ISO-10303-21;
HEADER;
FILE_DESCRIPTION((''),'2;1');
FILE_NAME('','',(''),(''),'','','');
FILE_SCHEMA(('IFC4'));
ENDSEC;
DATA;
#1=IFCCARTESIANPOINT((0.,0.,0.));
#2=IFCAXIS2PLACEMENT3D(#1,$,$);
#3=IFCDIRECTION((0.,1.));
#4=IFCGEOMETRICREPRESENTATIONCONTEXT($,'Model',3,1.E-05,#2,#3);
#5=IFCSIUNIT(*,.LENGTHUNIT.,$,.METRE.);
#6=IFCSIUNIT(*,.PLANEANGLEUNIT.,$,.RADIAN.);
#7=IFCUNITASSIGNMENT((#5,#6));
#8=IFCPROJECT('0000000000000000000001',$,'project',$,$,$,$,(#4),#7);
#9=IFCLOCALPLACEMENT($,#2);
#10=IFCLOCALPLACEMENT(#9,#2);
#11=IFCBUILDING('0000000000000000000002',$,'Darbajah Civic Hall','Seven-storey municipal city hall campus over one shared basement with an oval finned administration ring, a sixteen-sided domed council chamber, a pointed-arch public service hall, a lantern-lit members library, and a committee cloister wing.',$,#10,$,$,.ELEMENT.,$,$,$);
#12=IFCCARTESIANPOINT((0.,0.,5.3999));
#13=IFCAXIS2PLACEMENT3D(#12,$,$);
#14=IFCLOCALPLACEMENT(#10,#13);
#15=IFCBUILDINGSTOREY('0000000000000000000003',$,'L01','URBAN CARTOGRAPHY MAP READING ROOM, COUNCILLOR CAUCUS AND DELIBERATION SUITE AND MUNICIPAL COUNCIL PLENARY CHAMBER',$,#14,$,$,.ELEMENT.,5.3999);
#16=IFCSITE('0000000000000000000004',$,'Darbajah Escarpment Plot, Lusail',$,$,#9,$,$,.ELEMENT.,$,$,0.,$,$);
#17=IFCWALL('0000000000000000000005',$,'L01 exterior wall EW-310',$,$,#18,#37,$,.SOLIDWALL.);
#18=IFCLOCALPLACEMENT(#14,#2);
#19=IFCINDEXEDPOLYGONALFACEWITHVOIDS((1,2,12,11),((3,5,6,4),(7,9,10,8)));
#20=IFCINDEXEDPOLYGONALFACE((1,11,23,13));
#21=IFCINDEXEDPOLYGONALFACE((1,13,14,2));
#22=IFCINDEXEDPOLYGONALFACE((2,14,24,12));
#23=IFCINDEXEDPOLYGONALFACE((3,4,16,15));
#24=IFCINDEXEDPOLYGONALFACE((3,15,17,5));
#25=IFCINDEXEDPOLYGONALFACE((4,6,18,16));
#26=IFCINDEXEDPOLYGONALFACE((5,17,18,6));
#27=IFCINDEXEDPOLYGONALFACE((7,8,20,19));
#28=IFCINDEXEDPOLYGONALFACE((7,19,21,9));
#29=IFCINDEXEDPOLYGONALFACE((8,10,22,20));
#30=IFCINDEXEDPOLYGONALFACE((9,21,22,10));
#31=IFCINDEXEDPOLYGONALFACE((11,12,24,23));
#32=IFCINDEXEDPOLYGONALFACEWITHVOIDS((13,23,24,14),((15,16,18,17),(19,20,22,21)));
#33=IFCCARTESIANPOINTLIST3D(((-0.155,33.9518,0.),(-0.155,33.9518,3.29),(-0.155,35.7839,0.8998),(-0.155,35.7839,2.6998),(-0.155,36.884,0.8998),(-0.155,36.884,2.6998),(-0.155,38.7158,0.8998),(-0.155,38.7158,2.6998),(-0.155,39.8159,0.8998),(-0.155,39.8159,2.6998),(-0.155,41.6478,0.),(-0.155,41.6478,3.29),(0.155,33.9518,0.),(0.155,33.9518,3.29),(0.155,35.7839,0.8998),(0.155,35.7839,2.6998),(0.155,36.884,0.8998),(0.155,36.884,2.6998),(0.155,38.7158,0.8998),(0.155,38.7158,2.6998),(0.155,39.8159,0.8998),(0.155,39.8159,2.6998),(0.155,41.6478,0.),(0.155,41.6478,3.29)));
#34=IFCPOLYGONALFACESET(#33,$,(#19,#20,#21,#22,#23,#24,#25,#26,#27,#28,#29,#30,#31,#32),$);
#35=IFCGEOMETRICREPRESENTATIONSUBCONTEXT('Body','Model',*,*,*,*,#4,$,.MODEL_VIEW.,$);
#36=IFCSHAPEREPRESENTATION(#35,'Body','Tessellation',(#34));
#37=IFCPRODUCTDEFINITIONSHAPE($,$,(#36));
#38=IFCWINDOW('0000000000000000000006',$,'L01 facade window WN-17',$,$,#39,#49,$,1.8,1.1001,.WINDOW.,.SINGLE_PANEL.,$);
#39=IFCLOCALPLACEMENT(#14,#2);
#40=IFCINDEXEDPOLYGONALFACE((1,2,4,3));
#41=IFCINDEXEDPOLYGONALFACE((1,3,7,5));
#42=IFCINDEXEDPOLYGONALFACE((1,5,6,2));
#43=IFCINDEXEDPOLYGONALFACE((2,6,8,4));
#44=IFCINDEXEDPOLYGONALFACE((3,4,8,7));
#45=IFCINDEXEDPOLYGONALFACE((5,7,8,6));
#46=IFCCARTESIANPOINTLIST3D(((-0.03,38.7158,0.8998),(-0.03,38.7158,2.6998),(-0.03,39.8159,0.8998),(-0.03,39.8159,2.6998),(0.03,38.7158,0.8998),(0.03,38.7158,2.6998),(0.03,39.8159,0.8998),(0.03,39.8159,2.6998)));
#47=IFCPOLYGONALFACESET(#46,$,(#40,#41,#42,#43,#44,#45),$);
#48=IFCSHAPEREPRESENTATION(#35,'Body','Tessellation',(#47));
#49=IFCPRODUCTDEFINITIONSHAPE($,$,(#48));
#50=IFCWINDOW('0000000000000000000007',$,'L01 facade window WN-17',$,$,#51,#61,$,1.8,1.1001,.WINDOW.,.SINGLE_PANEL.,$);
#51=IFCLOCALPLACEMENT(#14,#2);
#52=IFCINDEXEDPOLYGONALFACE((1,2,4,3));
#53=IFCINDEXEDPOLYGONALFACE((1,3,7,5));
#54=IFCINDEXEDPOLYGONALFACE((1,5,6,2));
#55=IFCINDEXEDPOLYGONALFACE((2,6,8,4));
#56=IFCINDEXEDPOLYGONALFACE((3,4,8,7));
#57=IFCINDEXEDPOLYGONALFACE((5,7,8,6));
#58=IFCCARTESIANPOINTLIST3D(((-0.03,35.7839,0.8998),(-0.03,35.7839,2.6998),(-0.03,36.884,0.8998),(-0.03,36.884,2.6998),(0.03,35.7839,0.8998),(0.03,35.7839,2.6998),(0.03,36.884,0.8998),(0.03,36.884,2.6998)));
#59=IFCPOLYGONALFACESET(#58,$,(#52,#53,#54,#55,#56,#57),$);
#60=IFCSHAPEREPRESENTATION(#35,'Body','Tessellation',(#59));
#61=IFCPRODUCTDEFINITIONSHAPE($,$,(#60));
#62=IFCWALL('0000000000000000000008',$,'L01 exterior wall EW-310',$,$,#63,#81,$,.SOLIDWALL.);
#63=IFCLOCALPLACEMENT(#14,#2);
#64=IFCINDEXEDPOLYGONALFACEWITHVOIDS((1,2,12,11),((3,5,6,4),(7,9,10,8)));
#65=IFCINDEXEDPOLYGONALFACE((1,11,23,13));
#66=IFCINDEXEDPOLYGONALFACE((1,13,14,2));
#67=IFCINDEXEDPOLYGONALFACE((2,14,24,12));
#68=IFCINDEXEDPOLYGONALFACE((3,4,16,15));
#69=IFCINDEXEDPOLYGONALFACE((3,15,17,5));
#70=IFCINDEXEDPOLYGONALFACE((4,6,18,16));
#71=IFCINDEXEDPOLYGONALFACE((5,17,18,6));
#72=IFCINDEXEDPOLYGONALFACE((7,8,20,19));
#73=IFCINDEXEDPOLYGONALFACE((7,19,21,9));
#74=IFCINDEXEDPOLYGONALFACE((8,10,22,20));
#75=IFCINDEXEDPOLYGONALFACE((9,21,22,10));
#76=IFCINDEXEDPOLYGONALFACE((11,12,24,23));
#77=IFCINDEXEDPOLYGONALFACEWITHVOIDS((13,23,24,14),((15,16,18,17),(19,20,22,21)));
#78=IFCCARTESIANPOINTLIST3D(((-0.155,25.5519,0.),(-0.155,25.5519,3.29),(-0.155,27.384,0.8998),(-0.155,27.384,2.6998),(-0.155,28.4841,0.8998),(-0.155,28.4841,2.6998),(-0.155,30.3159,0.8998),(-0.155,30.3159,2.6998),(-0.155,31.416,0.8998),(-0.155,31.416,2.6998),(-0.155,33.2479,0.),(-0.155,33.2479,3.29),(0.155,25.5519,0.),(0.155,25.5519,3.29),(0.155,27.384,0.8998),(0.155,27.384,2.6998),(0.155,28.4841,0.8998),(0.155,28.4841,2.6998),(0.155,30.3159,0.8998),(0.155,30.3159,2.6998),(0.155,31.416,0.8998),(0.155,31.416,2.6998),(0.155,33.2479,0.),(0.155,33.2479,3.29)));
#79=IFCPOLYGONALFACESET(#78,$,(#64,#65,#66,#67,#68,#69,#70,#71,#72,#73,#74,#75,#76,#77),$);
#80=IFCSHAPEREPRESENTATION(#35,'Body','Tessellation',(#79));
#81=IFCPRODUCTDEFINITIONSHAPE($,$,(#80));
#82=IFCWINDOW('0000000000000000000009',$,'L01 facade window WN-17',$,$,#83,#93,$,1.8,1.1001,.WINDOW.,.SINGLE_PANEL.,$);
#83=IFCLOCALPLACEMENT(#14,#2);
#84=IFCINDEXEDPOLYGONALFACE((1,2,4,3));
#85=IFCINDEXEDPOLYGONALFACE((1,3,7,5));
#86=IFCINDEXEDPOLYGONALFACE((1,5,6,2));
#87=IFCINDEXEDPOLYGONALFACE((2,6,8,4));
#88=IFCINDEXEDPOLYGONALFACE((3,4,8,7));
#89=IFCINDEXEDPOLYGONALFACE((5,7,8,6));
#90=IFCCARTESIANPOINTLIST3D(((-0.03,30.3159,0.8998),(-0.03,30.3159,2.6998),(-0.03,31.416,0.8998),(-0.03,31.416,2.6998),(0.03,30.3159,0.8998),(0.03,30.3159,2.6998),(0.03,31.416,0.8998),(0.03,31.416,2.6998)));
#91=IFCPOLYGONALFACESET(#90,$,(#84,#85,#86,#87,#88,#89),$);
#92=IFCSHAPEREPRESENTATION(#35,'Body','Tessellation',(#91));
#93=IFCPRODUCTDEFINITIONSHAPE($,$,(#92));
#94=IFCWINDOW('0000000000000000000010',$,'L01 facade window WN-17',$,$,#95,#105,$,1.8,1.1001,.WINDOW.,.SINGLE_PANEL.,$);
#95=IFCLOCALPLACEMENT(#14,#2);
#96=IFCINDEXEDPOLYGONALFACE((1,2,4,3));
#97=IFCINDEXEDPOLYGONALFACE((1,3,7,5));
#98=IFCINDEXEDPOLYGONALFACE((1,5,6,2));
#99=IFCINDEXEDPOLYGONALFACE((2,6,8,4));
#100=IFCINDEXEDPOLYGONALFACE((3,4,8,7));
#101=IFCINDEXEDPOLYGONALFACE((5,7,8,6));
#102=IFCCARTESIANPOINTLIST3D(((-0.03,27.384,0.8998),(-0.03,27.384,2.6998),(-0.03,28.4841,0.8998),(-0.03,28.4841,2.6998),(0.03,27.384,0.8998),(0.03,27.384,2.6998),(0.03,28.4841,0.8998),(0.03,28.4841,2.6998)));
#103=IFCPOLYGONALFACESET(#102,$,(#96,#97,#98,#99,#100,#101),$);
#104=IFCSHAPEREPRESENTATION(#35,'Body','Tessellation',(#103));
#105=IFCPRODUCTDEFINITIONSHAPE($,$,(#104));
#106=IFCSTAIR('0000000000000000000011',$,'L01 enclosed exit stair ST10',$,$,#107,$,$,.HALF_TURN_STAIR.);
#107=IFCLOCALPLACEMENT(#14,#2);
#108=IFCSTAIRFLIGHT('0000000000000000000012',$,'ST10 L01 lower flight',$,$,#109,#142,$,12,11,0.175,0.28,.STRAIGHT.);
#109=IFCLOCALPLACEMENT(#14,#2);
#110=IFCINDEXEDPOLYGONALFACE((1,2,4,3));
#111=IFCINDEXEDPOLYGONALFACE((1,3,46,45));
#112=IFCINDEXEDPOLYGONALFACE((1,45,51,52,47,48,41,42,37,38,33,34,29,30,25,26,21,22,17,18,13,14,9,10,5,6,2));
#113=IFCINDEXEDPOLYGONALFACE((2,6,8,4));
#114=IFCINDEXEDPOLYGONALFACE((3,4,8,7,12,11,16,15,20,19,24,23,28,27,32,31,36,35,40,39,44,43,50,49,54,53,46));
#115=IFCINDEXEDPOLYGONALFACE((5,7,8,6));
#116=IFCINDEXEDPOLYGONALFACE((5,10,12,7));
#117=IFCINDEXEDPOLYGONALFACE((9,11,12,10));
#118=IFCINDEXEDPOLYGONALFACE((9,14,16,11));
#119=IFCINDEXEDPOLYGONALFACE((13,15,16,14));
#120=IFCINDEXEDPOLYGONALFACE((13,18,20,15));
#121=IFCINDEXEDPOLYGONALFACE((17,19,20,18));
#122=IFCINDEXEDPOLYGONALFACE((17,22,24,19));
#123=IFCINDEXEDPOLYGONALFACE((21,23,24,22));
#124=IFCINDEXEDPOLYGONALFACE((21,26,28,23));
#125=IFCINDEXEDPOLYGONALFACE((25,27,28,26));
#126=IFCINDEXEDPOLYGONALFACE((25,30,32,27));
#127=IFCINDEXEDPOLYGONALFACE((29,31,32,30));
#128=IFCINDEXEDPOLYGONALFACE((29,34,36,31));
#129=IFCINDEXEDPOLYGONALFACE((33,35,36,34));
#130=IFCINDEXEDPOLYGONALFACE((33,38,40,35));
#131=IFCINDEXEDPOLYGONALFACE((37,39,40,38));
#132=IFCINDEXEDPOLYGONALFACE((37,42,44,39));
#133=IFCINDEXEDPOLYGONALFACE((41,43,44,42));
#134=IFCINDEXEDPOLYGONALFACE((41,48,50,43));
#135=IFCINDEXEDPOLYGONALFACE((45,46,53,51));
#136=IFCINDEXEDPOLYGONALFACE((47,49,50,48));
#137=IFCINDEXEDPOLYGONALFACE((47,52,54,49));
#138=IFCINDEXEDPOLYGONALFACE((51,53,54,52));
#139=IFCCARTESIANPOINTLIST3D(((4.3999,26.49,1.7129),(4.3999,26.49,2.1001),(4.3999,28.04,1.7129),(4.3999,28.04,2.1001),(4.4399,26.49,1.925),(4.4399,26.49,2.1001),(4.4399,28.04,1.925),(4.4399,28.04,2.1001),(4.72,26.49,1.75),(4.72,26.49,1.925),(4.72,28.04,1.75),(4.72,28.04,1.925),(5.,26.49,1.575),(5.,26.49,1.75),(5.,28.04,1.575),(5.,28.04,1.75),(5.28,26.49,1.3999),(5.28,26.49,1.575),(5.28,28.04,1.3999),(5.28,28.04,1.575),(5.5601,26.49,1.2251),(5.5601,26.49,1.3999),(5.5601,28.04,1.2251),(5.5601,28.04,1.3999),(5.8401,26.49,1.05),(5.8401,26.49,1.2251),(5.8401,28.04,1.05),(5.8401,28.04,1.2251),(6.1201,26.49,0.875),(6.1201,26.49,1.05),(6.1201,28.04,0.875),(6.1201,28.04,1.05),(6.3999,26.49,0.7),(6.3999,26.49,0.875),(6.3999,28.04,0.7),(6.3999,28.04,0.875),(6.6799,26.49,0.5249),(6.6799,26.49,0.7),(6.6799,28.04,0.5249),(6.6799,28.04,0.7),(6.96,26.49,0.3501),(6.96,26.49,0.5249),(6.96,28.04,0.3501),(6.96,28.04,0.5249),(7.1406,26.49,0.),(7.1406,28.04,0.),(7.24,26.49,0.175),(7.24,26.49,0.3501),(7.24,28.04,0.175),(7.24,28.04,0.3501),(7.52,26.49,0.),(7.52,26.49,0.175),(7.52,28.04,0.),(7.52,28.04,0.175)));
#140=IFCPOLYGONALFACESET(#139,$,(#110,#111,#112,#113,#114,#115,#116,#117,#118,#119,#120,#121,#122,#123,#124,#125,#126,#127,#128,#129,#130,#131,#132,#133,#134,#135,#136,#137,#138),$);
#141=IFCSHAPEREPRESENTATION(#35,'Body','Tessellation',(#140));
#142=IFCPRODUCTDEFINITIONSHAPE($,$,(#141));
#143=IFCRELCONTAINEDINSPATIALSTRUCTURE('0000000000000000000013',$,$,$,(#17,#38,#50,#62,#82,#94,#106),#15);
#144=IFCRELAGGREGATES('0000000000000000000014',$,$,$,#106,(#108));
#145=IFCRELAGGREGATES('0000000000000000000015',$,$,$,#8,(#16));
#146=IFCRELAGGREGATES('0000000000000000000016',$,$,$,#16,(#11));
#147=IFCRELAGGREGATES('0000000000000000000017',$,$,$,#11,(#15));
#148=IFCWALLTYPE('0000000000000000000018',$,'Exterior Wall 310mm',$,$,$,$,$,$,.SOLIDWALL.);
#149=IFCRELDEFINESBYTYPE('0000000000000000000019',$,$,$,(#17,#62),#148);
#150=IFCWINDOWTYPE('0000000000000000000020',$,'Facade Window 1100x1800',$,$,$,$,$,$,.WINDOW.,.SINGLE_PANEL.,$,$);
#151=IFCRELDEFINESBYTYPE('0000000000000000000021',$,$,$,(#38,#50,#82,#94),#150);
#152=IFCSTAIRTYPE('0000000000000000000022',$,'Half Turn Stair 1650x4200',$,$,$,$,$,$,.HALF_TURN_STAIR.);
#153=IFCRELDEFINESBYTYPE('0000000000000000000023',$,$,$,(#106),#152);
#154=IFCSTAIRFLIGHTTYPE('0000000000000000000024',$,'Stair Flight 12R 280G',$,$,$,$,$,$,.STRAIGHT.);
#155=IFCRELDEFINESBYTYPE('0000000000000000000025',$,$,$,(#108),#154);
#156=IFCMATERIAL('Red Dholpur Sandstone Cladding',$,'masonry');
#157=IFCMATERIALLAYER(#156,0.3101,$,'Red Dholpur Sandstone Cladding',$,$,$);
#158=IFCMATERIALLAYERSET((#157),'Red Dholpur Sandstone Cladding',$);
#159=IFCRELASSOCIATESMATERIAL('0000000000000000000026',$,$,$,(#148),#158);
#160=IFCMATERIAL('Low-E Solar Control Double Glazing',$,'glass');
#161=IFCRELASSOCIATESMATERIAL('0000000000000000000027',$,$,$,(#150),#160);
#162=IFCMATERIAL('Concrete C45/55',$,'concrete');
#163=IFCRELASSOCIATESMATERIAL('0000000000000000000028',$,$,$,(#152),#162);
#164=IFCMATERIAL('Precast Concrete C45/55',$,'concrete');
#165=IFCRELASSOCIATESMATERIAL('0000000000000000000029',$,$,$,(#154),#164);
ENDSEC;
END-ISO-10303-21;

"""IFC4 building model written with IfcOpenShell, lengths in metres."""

from ifc_helpers import new_model, si_unit, direction, frame, frame_2d, origin, place, context, subcontext, project, spatial, polyline, rectangle, outline, extrude, material, layer, layer_set, type_object, element, fill, aggregate, save


model = new_model("IFC4")

# Units and contexts
model_context = context("Model", 3, precision=1e-05, world=origin(), true_north=direction((0.0, 1.0)))
body_context = subcontext(model_context, "Body", "Model", "MODEL_VIEW")
ifc_project = project(units=[si_unit("LENGTHUNIT", "METRE"), si_unit("PLANEANGLEUNIT", "RADIAN")], contexts=[model_context])

# Site, building, storey
site_placement = place(None, origin())
site = spatial("IfcSite", under=ifc_project, at=site_placement, Name="Darbajah Escarpment Plot, Lusail", CompositionType="ELEMENT", RefElevation=0.0)
building_placement = place(site_placement, origin())
building = spatial("IfcBuilding", under=site, at=building_placement, Name="Darbajah Civic Hall", Description="Seven-storey municipal city hall campus over one shared basement with an oval finned administration ring, a sixteen-sided domed council chamber, a pointed-arch public service hall, a lantern-lit members library, and a committee cloister wing.", CompositionType="ELEMENT")
storey_placement = place(building_placement, frame((0.0, 0.0, 5.3999)))
storey = spatial("IfcBuildingStorey", under=building, at=storey_placement, Name="L01", Description="URBAN CARTOGRAPHY MAP READING ROOM, COUNCILLOR CAUCUS AND DELIBERATION SUITE AND MUNICIPAL COUNCIL PLENARY CHAMBER", CompositionType="ELEMENT", Elevation=5.3999)

# Shared definitions
ifc_material_1 = material(Name="Concrete C45/55", Category="concrete")

# Walls, openings, windows
ifc_material_2 = material(Name="Red Dholpur Sandstone Cladding", Category="masonry")
ifc_layer_1 = layer(ifc_material_2, 0.3101, Name="Red Dholpur Sandstone Cladding")
ifc_layer_set_1 = layer_set([ifc_layer_1], Name="Red Dholpur Sandstone Cladding")
wall_type_1 = type_object("IfcWallType", Name="Exterior Wall 310mm", PredefinedType="SOLIDWALL", material=ifc_layer_set_1)
wall_1_placement = place(storey_placement, frame((0.0, 41.6479, 0.0), z_axis=(0.0, 0.0, 1.0), x_axis=(0.0, -1.0, 0.0)))
wall_1 = element("IfcWall", 1, at=wall_1_placement, inside=storey, type_object=wall_type_1, Name="L01 exterior wall EW-310", PredefinedType="SOLIDWALL", context=body_context, shape_type="SweptSolid", body=[
    extrude(rectangle(XDim=7.696, YDim=0.3101, at=frame_2d((3.8481, 0.0))), origin(), (0.0, 0.0, 1.0), 3.29),
])
opening_1_placement = place(wall_1_placement, frame((1.832, 0.0, 0.8999)))
opening_1 = element("IfcOpeningElement", 2, at=opening_1_placement, cuts=wall_1, PredefinedType="OPENING", context=body_context, shape_type="SweptSolid", body=[
    extrude(rectangle(XDim=1.1001, YDim=1.8, at=frame_2d((0.55, 0.8999))), frame((0.0, 0.165, 0.0), z_axis=(0.0, -1.0, 0.0), x_axis=(1.0, 0.0, 0.0)), (0.0, 0.0, 1.0), 0.3301),
])
opening_2_placement = place(wall_1_placement, frame((4.7639, 0.0, 0.8999)))
opening_2 = element("IfcOpeningElement", 3, at=opening_2_placement, cuts=wall_1, PredefinedType="OPENING", context=body_context, shape_type="SweptSolid", body=[
    extrude(rectangle(XDim=1.1001, YDim=1.8, at=frame_2d((0.55, 0.8999))), frame((0.0, 0.165, 0.0), z_axis=(0.0, -1.0, 0.0), x_axis=(1.0, 0.0, 0.0)), (0.0, 0.0, 1.0), 0.3301),
])
ifc_material_3 = material(Name="Low-E Solar Control Double Glazing", Category="glass")
window_type = type_object("IfcWindowType", Name="Facade Window 1100x1800", PartitioningType="SINGLE_PANEL", PredefinedType="WINDOW", material=ifc_material_3)
window_1_placement = place(opening_1_placement, origin())
window_1 = element("IfcWindow", 4, at=window_1_placement, inside=storey, type_object=window_type, Name="L01 facade window WN-17", OverallHeight=1.8, OverallWidth=1.1001, PartitioningType="SINGLE_PANEL", PredefinedType="WINDOW", context=body_context, shape_type="SweptSolid", body=[
    extrude(rectangle(XDim=1.1001, YDim=1.8, at=frame_2d((0.55, 0.8999))), frame((0.0, 0.03, 0.0), z_axis=(0.0, -1.0, 0.0), x_axis=(1.0, 0.0, 0.0)), (0.0, 0.0, 1.0), 0.0601),
])
fill(opening_1, window_1)
window_2_placement = place(opening_2_placement, origin())
window_2 = element("IfcWindow", 5, at=window_2_placement, inside=storey, type_object=window_type, Name="L01 facade window WN-17", OverallHeight=1.8, OverallWidth=1.1001, PartitioningType="SINGLE_PANEL", PredefinedType="WINDOW", context=body_context, shape_type="SweptSolid", body=[
    extrude(rectangle(XDim=1.1001, YDim=1.8, at=frame_2d((0.55, 0.8999))), frame((0.0, 0.03, 0.0), z_axis=(0.0, -1.0, 0.0), x_axis=(1.0, 0.0, 0.0)), (0.0, 0.0, 1.0), 0.0601),
])
fill(opening_2, window_2)
wall_2_placement = place(storey_placement, frame((0.0, 33.248, 0.0), z_axis=(0.0, 0.0, 1.0), x_axis=(0.0, -1.0, 0.0)))
wall_2 = element("IfcWall", 6, at=wall_2_placement, inside=storey, type_object=wall_type_1, Name="L01 exterior wall EW-310", PredefinedType="SOLIDWALL", context=body_context, shape_type="SweptSolid", body=[
    extrude(rectangle(XDim=7.696, YDim=0.3101, at=frame_2d((3.8481, 0.0))), origin(), (0.0, 0.0, 1.0), 3.29),
])
opening_3_placement = place(wall_2_placement, frame((1.832, 0.0, 0.8999)))
opening_3 = element("IfcOpeningElement", 7, at=opening_3_placement, cuts=wall_2, PredefinedType="OPENING", context=body_context, shape_type="SweptSolid", body=[
    extrude(rectangle(XDim=1.1001, YDim=1.8, at=frame_2d((0.55, 0.8999))), frame((0.0, 0.165, 0.0), z_axis=(0.0, -1.0, 0.0), x_axis=(1.0, 0.0, 0.0)), (0.0, 0.0, 1.0), 0.3301),
])
opening_4_placement = place(wall_2_placement, frame((4.7639, 0.0, 0.8999)))
opening_4 = element("IfcOpeningElement", 8, at=opening_4_placement, cuts=wall_2, PredefinedType="OPENING", context=body_context, shape_type="SweptSolid", body=[
    extrude(rectangle(XDim=1.1001, YDim=1.8, at=frame_2d((0.55, 0.8999))), frame((0.0, 0.165, 0.0), z_axis=(0.0, -1.0, 0.0), x_axis=(1.0, 0.0, 0.0)), (0.0, 0.0, 1.0), 0.3301),
])
window_3_placement = place(opening_3_placement, origin())
window_3 = element("IfcWindow", 9, at=window_3_placement, inside=storey, type_object=window_type, Name="L01 facade window WN-17", OverallHeight=1.8, OverallWidth=1.1001, PartitioningType="SINGLE_PANEL", PredefinedType="WINDOW", context=body_context, shape_type="SweptSolid", body=[
    extrude(rectangle(XDim=1.1001, YDim=1.8, at=frame_2d((0.55, 0.8999))), frame((0.0, 0.03, 0.0), z_axis=(0.0, -1.0, 0.0), x_axis=(1.0, 0.0, 0.0)), (0.0, 0.0, 1.0), 0.0601),
])
fill(opening_3, window_3)
window_4_placement = place(opening_4_placement, origin())
window_4 = element("IfcWindow", 10, at=window_4_placement, inside=storey, type_object=window_type, Name="L01 facade window WN-17", OverallHeight=1.8, OverallWidth=1.1001, PartitioningType="SINGLE_PANEL", PredefinedType="WINDOW", context=body_context, shape_type="SweptSolid", body=[
    extrude(rectangle(XDim=1.1001, YDim=1.8, at=frame_2d((0.55, 0.8999))), frame((0.0, 0.03, 0.0), z_axis=(0.0, -1.0, 0.0), x_axis=(1.0, 0.0, 0.0)), (0.0, 0.0, 1.0), 0.0601),
])
fill(opening_4, window_4)

# Stair, stair flight
stair_type = type_object("IfcStairType", Name="Half Turn Stair 1650x4200", PredefinedType="HALF_TURN_STAIR", material=ifc_material_1)
stair_placement = place(storey_placement, origin())
stair = element("IfcStair", 11, at=stair_placement, inside=storey, type_object=stair_type, Name="L01 enclosed exit stair ST10", PredefinedType="HALF_TURN_STAIR")
ifc_material_4 = material(Name="Precast Concrete C45/55", Category="concrete")
stair_flight_type = type_object("IfcStairFlightType", Name="Stair Flight 12R 280G", PredefinedType="STRAIGHT", material=ifc_material_4)
stair_flight_1_placement = place(storey_placement, frame((7.52, 27.2649, 0.0), z_axis=(0.0, 0.0, 1.0), x_axis=(-1.0, 0.0, 0.0)))
stair_flight_1 = element("IfcStairFlight", 12, at=stair_flight_1_placement, type_object=stair_flight_type, Name="ST10 L01 lower flight", NumberOfRisers=12, NumberOfTreads=11, PredefinedType="STRAIGHT", RiserHeight=0.175, TreadLength=0.28, context=body_context, shape_type="SweptSolid", body=[
    extrude(outline(polyline([(0.0, 0.0), (0.0, 0.175), (0.28, 0.175), (0.28, 0.3501), (0.5601, 0.3501), (0.5601, 0.5249), (0.8401, 0.5249), (0.8401, 0.7), (1.1201, 0.7), (1.1201, 0.875), (1.3999, 0.875), (1.3999, 1.05), (1.6799, 1.05), (1.6799, 1.2251), (1.96, 1.2251), (1.96, 1.3999), (2.24, 1.3999), (2.24, 1.575), (2.52, 1.575), (2.52, 1.75), (2.8, 1.75), (2.8, 1.925), (3.0801, 1.925), (3.0801, 2.1001), (3.1201, 2.1001), (3.1201, 1.7129), (0.3794, 0.0), (0.0, 0.0)])), frame((0.0, 0.7749, 0.0), z_axis=(0.0, -1.0, 0.0), x_axis=(1.0, 0.0, 0.0)), (0.0, 0.0, 1.0), 1.55),
])
aggregate(stair, [stair_flight_1])

save(model, "model.ifc")
